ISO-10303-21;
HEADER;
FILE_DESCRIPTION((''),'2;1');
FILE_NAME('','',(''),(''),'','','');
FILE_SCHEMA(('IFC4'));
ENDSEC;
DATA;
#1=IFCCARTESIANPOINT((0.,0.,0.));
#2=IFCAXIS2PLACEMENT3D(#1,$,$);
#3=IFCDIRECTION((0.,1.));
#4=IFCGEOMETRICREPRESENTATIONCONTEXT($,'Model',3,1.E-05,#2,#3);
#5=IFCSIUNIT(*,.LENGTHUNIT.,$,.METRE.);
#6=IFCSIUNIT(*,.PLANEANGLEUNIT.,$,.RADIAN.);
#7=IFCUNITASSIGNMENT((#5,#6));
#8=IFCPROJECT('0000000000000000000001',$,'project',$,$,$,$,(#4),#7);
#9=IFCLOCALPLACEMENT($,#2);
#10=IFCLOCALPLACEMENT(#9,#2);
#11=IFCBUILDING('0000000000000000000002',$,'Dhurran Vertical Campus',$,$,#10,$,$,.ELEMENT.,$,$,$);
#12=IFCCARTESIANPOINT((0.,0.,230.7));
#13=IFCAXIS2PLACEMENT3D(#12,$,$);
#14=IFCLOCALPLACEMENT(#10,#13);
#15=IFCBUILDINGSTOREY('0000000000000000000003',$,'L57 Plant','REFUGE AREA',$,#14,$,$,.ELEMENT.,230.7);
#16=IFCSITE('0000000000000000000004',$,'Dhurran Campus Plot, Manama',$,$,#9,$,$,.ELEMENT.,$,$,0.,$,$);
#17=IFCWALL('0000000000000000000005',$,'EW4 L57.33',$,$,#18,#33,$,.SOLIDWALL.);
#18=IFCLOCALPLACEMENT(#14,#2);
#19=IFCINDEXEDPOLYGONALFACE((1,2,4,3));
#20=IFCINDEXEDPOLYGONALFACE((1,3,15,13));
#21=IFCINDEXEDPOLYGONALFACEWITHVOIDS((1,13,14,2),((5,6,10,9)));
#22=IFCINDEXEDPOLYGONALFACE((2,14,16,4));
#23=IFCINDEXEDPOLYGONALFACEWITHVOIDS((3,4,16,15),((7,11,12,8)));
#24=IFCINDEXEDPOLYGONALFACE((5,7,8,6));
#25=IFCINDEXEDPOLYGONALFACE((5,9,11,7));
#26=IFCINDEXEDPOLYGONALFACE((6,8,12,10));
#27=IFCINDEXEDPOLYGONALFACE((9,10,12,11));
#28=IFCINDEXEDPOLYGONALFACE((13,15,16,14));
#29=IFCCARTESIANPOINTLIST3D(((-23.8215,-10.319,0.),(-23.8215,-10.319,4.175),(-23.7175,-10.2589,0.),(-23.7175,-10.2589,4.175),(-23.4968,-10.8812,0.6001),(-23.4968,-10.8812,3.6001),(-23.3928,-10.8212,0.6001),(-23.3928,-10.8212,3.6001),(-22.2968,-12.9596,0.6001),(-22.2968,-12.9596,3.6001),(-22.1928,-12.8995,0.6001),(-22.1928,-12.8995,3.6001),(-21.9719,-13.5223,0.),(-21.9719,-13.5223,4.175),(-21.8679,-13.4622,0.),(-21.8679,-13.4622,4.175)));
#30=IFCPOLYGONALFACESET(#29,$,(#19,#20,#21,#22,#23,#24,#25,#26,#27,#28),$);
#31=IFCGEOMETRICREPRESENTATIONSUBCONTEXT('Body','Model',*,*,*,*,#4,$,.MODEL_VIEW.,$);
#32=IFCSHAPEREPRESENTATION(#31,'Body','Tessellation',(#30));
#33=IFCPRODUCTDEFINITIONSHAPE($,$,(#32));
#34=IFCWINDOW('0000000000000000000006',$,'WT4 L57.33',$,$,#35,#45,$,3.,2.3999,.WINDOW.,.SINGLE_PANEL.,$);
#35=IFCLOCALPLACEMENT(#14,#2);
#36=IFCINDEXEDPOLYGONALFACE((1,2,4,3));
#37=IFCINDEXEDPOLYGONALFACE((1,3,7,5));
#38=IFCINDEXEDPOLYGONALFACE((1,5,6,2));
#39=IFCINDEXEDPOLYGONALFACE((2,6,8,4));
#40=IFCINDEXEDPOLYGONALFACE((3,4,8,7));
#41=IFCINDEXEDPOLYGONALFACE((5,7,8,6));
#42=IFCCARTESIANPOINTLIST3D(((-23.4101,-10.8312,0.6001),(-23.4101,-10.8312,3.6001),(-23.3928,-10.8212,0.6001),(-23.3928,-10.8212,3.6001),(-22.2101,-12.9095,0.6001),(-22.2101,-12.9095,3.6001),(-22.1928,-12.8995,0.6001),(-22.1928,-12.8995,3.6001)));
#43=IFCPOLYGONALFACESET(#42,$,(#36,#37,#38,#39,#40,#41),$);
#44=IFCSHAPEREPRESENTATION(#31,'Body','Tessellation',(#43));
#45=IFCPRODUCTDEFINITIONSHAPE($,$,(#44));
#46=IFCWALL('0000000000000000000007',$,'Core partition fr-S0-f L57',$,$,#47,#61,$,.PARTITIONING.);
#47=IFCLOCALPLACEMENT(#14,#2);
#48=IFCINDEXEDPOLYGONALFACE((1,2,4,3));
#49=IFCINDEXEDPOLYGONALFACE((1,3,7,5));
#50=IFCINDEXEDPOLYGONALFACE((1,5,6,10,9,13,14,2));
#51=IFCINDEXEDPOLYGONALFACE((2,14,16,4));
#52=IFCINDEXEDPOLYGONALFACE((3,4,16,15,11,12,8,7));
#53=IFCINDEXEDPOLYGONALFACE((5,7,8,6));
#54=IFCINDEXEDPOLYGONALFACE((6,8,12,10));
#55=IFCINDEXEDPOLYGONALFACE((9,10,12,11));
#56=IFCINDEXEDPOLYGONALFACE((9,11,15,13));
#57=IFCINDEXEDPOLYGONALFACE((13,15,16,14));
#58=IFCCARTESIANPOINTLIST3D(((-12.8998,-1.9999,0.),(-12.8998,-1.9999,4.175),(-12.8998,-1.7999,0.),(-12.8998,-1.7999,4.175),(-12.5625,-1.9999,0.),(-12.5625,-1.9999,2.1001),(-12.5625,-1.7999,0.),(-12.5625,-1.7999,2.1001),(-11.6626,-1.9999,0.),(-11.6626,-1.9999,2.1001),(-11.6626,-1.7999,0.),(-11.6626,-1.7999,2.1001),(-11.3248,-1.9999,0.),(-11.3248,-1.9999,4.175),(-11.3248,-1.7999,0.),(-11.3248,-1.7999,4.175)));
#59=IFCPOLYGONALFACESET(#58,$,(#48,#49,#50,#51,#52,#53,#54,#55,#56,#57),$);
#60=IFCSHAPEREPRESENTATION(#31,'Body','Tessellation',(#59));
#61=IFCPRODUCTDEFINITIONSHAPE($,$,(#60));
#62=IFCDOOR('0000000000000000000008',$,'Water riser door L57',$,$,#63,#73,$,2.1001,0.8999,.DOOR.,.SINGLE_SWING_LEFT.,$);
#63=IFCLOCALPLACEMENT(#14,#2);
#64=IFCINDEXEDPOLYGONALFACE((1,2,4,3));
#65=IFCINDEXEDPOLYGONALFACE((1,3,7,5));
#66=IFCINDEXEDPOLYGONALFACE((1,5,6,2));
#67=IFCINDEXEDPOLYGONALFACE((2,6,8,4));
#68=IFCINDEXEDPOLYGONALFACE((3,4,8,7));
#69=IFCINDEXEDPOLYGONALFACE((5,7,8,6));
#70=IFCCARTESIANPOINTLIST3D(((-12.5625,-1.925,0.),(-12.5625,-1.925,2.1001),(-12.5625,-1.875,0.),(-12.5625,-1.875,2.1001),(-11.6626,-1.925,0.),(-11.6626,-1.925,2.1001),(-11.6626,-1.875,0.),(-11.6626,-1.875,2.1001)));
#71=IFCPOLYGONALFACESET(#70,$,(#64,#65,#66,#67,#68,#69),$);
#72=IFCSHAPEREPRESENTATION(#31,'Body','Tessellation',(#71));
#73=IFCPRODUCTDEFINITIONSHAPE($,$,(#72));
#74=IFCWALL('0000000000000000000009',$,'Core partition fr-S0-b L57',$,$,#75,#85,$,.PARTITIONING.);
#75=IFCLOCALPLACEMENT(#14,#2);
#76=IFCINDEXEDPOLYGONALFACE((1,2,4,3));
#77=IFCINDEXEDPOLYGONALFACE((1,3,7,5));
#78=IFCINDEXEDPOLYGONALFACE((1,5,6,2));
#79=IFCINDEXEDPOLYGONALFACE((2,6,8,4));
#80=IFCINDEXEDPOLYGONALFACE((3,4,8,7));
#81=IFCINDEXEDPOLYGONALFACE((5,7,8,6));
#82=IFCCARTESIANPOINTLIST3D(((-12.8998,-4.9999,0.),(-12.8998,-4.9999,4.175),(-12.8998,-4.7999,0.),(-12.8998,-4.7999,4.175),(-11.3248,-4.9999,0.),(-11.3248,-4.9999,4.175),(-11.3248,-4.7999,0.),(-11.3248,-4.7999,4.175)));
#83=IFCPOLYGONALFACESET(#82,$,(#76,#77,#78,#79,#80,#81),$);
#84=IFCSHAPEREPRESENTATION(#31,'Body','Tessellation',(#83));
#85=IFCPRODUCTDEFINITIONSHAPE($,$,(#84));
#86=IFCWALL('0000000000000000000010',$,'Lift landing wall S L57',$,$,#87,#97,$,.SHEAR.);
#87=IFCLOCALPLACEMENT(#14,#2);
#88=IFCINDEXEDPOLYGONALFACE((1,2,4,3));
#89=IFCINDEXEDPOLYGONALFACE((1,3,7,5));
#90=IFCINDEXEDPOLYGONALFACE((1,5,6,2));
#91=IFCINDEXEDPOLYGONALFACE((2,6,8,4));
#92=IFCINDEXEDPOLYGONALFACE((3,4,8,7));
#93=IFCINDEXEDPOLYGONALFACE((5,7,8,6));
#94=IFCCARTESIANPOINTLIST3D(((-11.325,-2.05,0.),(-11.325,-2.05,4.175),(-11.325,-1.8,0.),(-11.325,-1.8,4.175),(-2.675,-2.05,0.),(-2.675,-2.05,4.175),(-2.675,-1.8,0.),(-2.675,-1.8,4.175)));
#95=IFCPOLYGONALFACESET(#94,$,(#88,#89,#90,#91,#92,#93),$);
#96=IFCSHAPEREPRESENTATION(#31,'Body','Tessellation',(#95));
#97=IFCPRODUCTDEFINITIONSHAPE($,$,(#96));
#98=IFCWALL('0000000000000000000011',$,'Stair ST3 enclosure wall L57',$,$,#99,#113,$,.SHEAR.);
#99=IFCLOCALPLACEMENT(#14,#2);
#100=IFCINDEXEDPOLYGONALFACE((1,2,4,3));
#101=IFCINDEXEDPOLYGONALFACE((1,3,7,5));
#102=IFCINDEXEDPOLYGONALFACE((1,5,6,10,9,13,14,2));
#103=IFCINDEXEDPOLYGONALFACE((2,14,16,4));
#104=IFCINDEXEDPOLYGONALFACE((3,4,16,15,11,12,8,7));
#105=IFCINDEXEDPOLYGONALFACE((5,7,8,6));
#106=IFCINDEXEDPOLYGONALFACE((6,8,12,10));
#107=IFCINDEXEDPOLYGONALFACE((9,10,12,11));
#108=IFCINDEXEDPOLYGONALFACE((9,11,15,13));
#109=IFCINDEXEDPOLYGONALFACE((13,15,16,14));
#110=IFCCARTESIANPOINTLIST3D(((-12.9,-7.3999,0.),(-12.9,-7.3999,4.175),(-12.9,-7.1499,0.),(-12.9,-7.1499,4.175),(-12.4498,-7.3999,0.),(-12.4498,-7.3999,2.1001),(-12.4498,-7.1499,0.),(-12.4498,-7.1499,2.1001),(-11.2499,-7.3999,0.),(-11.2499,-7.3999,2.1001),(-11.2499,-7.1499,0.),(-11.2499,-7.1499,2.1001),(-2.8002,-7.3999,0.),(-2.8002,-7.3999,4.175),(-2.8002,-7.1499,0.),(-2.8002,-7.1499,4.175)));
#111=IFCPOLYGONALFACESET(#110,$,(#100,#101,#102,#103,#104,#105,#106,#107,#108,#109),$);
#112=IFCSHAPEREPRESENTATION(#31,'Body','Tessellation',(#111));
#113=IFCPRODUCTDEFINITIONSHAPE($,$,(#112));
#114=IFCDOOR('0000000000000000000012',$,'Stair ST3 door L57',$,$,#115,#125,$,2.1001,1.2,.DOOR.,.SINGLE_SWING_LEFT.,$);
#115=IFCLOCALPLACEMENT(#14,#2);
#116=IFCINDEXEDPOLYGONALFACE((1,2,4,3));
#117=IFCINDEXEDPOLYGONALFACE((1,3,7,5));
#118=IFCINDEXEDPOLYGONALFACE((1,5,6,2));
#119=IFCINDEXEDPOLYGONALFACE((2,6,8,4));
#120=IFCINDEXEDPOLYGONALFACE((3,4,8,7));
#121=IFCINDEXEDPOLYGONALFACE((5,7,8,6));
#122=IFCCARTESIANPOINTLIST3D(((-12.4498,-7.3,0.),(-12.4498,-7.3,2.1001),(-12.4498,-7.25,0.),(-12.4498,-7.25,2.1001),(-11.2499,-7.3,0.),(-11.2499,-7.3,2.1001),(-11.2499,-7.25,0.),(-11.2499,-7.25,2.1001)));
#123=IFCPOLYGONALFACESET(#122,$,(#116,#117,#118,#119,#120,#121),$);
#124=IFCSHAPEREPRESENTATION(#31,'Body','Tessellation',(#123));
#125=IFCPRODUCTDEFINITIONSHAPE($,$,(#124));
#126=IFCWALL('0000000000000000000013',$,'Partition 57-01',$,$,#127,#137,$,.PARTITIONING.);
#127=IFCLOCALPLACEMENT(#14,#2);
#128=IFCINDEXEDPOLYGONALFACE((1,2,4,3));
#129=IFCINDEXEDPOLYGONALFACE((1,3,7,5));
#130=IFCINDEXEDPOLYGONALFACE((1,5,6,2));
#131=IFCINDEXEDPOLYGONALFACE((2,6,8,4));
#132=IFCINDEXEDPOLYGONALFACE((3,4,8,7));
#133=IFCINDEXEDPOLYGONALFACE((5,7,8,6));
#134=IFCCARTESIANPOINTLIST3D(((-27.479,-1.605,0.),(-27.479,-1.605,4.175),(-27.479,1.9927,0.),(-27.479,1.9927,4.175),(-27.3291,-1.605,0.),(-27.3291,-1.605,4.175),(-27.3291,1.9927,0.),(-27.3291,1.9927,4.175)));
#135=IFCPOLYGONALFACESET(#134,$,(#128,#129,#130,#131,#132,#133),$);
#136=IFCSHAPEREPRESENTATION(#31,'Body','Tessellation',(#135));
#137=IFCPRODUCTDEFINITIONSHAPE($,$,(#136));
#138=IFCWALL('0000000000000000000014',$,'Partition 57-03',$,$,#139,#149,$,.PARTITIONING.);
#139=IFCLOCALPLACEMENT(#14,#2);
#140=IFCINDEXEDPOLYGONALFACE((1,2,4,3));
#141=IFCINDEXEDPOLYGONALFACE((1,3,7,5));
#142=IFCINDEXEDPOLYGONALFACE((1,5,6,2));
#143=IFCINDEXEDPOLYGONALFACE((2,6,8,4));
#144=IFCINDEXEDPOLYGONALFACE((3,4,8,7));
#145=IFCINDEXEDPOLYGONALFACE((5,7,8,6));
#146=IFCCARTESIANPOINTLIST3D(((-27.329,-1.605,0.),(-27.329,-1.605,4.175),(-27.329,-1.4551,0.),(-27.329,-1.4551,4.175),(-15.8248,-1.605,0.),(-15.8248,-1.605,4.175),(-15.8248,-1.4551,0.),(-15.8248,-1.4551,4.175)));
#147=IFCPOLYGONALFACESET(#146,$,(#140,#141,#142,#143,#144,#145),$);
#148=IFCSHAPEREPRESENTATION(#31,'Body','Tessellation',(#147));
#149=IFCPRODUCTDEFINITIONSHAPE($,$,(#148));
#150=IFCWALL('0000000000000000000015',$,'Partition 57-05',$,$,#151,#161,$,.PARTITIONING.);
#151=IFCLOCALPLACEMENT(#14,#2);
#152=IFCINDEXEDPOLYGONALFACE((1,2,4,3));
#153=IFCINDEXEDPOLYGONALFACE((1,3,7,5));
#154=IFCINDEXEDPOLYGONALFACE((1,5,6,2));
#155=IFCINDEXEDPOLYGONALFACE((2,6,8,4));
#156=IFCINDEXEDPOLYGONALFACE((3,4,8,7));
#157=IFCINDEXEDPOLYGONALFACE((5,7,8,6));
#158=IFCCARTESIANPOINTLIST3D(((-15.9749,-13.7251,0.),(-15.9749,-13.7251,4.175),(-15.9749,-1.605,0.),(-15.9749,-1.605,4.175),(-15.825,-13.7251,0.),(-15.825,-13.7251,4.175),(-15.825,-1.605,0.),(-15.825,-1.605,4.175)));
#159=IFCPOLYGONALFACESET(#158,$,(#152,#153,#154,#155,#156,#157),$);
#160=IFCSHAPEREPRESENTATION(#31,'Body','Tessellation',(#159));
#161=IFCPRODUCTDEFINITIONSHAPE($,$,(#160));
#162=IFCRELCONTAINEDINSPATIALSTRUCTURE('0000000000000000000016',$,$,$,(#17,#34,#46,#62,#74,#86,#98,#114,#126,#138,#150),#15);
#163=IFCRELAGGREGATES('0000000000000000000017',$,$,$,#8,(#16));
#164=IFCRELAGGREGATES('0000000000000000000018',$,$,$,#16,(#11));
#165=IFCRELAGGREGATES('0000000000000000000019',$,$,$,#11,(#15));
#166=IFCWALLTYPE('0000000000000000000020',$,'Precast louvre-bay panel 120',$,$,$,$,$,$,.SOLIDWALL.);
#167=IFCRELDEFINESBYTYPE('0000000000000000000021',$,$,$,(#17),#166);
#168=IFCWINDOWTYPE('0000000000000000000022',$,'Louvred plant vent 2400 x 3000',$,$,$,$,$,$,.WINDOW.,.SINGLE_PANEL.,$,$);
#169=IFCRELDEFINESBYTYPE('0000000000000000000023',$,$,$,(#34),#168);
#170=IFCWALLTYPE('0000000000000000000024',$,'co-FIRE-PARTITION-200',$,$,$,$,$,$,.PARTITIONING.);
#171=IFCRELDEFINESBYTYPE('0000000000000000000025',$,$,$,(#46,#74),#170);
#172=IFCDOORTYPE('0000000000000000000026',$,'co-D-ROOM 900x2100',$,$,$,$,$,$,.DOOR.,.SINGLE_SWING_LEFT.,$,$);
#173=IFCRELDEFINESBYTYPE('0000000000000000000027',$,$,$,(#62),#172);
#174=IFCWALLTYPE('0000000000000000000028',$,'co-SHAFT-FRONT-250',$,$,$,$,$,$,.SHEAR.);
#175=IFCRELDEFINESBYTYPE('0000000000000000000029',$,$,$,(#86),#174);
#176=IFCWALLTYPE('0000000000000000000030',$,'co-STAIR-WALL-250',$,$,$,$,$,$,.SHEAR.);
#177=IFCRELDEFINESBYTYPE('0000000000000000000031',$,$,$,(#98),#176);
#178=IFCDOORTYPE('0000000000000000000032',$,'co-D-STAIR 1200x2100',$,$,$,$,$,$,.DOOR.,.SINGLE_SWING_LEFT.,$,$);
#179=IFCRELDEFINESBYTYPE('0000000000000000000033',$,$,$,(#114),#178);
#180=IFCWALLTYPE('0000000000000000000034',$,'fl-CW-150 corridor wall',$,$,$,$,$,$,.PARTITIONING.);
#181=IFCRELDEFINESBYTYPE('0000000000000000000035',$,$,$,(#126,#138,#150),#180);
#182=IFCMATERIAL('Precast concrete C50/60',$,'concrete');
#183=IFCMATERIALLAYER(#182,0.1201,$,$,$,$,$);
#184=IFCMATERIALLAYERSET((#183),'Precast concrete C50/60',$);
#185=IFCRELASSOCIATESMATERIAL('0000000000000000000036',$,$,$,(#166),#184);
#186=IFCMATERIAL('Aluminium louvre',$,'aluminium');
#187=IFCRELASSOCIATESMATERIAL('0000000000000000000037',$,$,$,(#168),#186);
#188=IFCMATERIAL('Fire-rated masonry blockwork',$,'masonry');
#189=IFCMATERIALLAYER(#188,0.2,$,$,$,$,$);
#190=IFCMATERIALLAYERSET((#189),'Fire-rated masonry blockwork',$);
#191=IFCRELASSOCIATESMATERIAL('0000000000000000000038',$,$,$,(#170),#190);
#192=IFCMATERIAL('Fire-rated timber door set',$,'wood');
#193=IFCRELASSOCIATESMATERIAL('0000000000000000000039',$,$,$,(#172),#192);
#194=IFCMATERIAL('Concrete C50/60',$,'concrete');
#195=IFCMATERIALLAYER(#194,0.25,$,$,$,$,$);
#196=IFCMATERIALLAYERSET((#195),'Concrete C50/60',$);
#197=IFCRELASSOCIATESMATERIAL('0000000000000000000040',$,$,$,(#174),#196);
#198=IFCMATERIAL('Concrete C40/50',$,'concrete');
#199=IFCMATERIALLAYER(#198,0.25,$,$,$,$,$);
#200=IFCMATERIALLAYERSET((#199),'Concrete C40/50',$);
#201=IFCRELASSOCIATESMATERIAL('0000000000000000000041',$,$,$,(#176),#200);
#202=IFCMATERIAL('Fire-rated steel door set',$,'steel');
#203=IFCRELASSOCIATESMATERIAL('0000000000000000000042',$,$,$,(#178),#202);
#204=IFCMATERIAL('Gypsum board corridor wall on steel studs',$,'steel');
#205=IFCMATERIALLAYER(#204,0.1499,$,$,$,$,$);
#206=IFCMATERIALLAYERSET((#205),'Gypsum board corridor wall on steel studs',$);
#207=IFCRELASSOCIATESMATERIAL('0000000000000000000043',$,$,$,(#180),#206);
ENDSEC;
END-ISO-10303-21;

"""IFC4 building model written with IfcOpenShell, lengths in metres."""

from ifc_helpers import new_model, si_unit, direction, frame, frame_2d, origin, place, context, subcontext, project, spatial, rectangle, extrude, material, layer, layer_set, type_object, element, fill, save


model = new_model("IFC4")

# Units and contexts
model_context = context("Model", 3, precision=1e-05, world=origin(), true_north=direction((0.0, 1.0)))
body_context = subcontext(model_context, "Body", "Model", "MODEL_VIEW")
ifc_project = project(units=[si_unit("LENGTHUNIT", "METRE"), si_unit("PLANEANGLEUNIT", "RADIAN")], contexts=[model_context])

# Site, building, storey
site_placement = place(None, origin())
site = spatial("IfcSite", under=ifc_project, at=site_placement, Name="Dhurran Campus Plot, Manama", CompositionType="ELEMENT", RefElevation=0.0)
building_placement = place(site_placement, origin())
building = spatial("IfcBuilding", under=site, at=building_placement, Name="Dhurran Vertical Campus", CompositionType="ELEMENT")
storey_placement = place(building_placement, frame((0.0, 0.0, 230.7)))
storey = spatial("IfcBuildingStorey", under=building, at=storey_placement, Name="L57 Plant", Description="REFUGE AREA", CompositionType="ELEMENT", Elevation=230.7)

# Wall, opening, window
ifc_material_1 = material(Name="Precast concrete C50/60", Category="concrete")
ifc_layer_1 = layer(ifc_material_1, 0.1201)
ifc_layer_set_1 = layer_set([ifc_layer_1], Name="Precast concrete C50/60")
wall_type_1 = type_object("IfcWallType", Name="Precast louvre-bay panel 120", PredefinedType="SOLIDWALL", material=ifc_layer_set_1)
ifc_material_2 = material(Name="Aluminium louvre", Category="aluminium")
window_type = type_object("IfcWindowType", Name="Louvred plant vent 2400 x 3000", PartitioningType="SINGLE_PANEL", PredefinedType="WINDOW", material=ifc_material_2)
wall_1_placement = place(storey_placement, frame((-23.7695, -10.2888, 0.0), z_axis=(0.0, 0.0, 1.0), x_axis=(0.500029, -0.866009, 0.0)))
wall_1 = element("IfcWall", 1, at=wall_1_placement, inside=storey, type_object=wall_type_1, Name="EW4 L57.33", PredefinedType="SOLIDWALL", context=body_context, shape_type="SweptSolid", body=[
    extrude(rectangle(XDim=3.699, YDim=0.1201, at=frame_2d((1.8496, 0.0))), origin(), (0.0, 0.0, 1.0), 4.175),
])
opening_1_placement = place(wall_1_placement, frame((0.6494, 0.0, 0.6001)))
opening_1 = element("IfcOpeningElement", 2, at=opening_1_placement, cuts=wall_1, PredefinedType="OPENING", context=body_context, shape_type="SweptSolid", body=[
    extrude(rectangle(XDim=2.3999, YDim=3.0, at=frame_2d((1.2, 1.5))), frame((0.0, 0.0701, 0.0), z_axis=(0.0, -1.0, 0.0), x_axis=(1.0, 0.0, 0.0)), (0.0, 0.0, 1.0), 0.1401),
])
window_1_placement = place(opening_1_placement, origin())
window_1 = element("IfcWindow", 3, at=window_1_placement, inside=storey, type_object=window_type, Name="WT4 L57.33", OverallHeight=3.0, OverallWidth=2.3999, PartitioningType="SINGLE_PANEL", PredefinedType="WINDOW", context=body_context, shape_type="SweptSolid", body=[
    extrude(rectangle(XDim=2.3999, YDim=3.0, at=frame_2d((1.2, 1.5))), frame((0.0, 0.0601, 0.0), z_axis=(0.0, -1.0, 0.0), x_axis=(1.0, 0.0, 0.0)), (0.0, 0.0, 1.0), 0.02),
])
fill(opening_1, window_1)

# Wall, opening, door
ifc_material_3 = material(Name="Fire-rated masonry blockwork", Category="masonry")
ifc_layer_2 = layer(ifc_material_3, 0.2)
ifc_layer_set_2 = layer_set([ifc_layer_2], Name="Fire-rated masonry blockwork")
wall_type_2 = type_object("IfcWallType", Name="co-FIRE-PARTITION-200", PredefinedType="PARTITIONING", material=ifc_layer_set_2)
wall_2_placement = place(storey_placement, frame((-12.8999, -1.8999, 0.0), z_axis=(0.0, 0.0, 1.0), x_axis=(1.0, 0.0, 0.0)))
wall_2 = element("IfcWall", 4, at=wall_2_placement, inside=storey, type_object=wall_type_2, Name="Core partition fr-S0-f L57", PredefinedType="PARTITIONING", context=body_context, shape_type="SweptSolid", body=[
    extrude(rectangle(XDim=1.575, YDim=0.2, at=frame_2d((0.7876, 0.0))), origin(), (0.0, 0.0, 1.0), 4.175),
])
opening_2_placement = place(wall_2_placement, frame((0.3374, 0.0, 0.0)))
opening_2 = element("IfcOpeningElement", 5, at=opening_2_placement, cuts=wall_2, PredefinedType="OPENING", context=body_context, shape_type="SweptSolid", body=[
    extrude(rectangle(XDim=0.8999, YDim=2.1001, at=frame_2d((0.45, 1.05))), frame((0.0, 0.1099, 0.0), z_axis=(0.0, -1.0, 0.0), x_axis=(1.0, 0.0, 0.0)), (0.0, 0.0, 1.0), 0.22),
])
ifc_material_4 = material(Name="Fire-rated timber door set", Category="wood")
door_type_1 = type_object("IfcDoorType", Name="co-D-ROOM 900x2100", OperationType="SINGLE_SWING_LEFT", PredefinedType="DOOR", material=ifc_material_4)
door_1_placement = place(opening_2_placement, origin())
door_1 = element("IfcDoor", 6, at=door_1_placement, inside=storey, type_object=door_type_1, Name="Water riser door L57", OperationType="SINGLE_SWING_LEFT", OverallHeight=2.1001, OverallWidth=0.8999, PredefinedType="DOOR", context=body_context, shape_type="SweptSolid", body=[
    extrude(rectangle(XDim=0.8999, YDim=2.1001, at=frame_2d((0.45, 1.05))), frame((0.0, 0.0249, 0.0), z_axis=(0.0, -1.0, 0.0), x_axis=(1.0, 0.0, 0.0)), (0.0, 0.0, 1.0), 0.05),
])
fill(opening_2, door_1)

# Walls
wall_3_placement = place(storey_placement, frame((-12.8999, -4.8999, 0.0), z_axis=(0.0, 0.0, 1.0), x_axis=(1.0, 0.0, 0.0)))
element("IfcWall", 7, at=wall_3_placement, inside=storey, type_object=wall_type_2, Name="Core partition fr-S0-b L57", PredefinedType="PARTITIONING", context=body_context, shape_type="SweptSolid", body=[
    extrude(rectangle(XDim=1.575, YDim=0.2, at=frame_2d((0.7876, 0.0))), origin(), (0.0, 0.0, 1.0), 4.175),
])
ifc_material_5 = material(Name="Concrete C50/60", Category="concrete")
ifc_layer_3 = layer(ifc_material_5, 0.25)
ifc_layer_set_3 = layer_set([ifc_layer_3], Name="Concrete C50/60")
wall_type_3 = type_object("IfcWallType", Name="co-SHAFT-FRONT-250", PredefinedType="SHEAR", material=ifc_layer_set_3)
wall_4_placement = place(storey_placement, frame((-11.325, -1.925, 0.0), z_axis=(0.0, 0.0, 1.0), x_axis=(1.0, 0.0, 0.0)))
element("IfcWall", 8, at=wall_4_placement, inside=storey, type_object=wall_type_3, Name="Lift landing wall S L57", PredefinedType="SHEAR", context=body_context, shape_type="SweptSolid", body=[
    extrude(rectangle(XDim=8.6499, YDim=0.25, at=frame_2d((4.325, 0.0))), origin(), (0.0, 0.0, 1.0), 4.175),
])

# Wall, opening, door
ifc_material_6 = material(Name="Concrete C40/50", Category="concrete")
ifc_layer_4 = layer(ifc_material_6, 0.25)
ifc_layer_set_4 = layer_set([ifc_layer_4], Name="Concrete C40/50")
wall_type_4 = type_object("IfcWallType", Name="co-STAIR-WALL-250", PredefinedType="SHEAR", material=ifc_layer_set_4)
wall_5_placement = place(storey_placement, frame((-12.8999, -7.2749, 0.0), z_axis=(0.0, 0.0, 1.0), x_axis=(1.0, 0.0, 0.0)))
wall_5 = element("IfcWall", 9, at=wall_5_placement, inside=storey, type_object=wall_type_4, Name="Stair ST3 enclosure wall L57", PredefinedType="SHEAR", context=body_context, shape_type="SweptSolid", body=[
    extrude(rectangle(XDim=10.0999, YDim=0.25, at=frame_2d((5.0498, 0.0))), origin(), (0.0, 0.0, 1.0), 4.175),
])
opening_3_placement = place(wall_5_placement, frame((0.45, 0.0, 0.0)))
opening_3 = element("IfcOpeningElement", 10, at=opening_3_placement, cuts=wall_5, PredefinedType="OPENING", context=body_context, shape_type="SweptSolid", body=[
    extrude(rectangle(XDim=1.2, YDim=2.1001, at=frame_2d((0.6001, 1.05))), frame((0.0, 0.135, 0.0), z_axis=(0.0, -1.0, 0.0), x_axis=(1.0, 0.0, 0.0)), (0.0, 0.0, 1.0), 0.27),
])
ifc_material_7 = material(Name="Fire-rated steel door set", Category="steel")
door_type_2 = type_object("IfcDoorType", Name="co-D-STAIR 1200x2100", OperationType="SINGLE_SWING_LEFT", PredefinedType="DOOR", material=ifc_material_7)
door_2_placement = place(opening_3_placement, origin())
door_2 = element("IfcDoor", 11, at=door_2_placement, inside=storey, type_object=door_type_2, Name="Stair ST3 door L57", OperationType="SINGLE_SWING_LEFT", OverallHeight=2.1001, OverallWidth=1.2, PredefinedType="DOOR", context=body_context, shape_type="SweptSolid", body=[
    extrude(rectangle(XDim=1.2, YDim=2.1001, at=frame_2d((0.6001, 1.05))), frame((0.0, 0.0249, 0.0), z_axis=(0.0, -1.0, 0.0), x_axis=(1.0, 0.0, 0.0)), (0.0, 0.0, 1.0), 0.05),
])
fill(opening_3, door_2)

# Walls
ifc_material_8 = material(Name="Gypsum board corridor wall on steel studs", Category="steel")
ifc_layer_5 = layer(ifc_material_8, 0.1499)
ifc_layer_set_5 = layer_set([ifc_layer_5], Name="Gypsum board corridor wall on steel studs")
wall_type_5 = type_object("IfcWallType", Name="fl-CW-150 corridor wall", PredefinedType="PARTITIONING", material=ifc_layer_set_5)
wall_6_placement = place(storey_placement, frame((-27.4041, -1.605, 0.0), z_axis=(0.0, 0.0, 1.0), x_axis=(0.0, 1.0, 0.0)))
element("IfcWall", 12, at=wall_6_placement, inside=storey, type_object=wall_type_5, Name="Partition 57-01", PredefinedType="PARTITIONING", context=body_context, shape_type="SweptSolid", body=[
    extrude(rectangle(XDim=3.5977, YDim=0.1499, at=frame_2d((1.7988, 0.0))), origin(), (0.0, 0.0, 1.0), 4.175),
])
wall_7_placement = place(storey_placement, frame((-15.825, -1.53, 0.0), z_axis=(0.0, 0.0, 1.0), x_axis=(-1.0, 0.0, 0.0)))
element("IfcWall", 13, at=wall_7_placement, inside=storey, type_object=wall_type_5, Name="Partition 57-03", PredefinedType="PARTITIONING", context=body_context, shape_type="SweptSolid", body=[
    extrude(rectangle(XDim=11.5042, YDim=0.1499, at=frame_2d((5.752, 0.0))), origin(), (0.0, 0.0, 1.0), 4.175),
])
wall_8_placement = place(storey_placement, frame((-15.8999, -1.605, 0.0), z_axis=(0.0, 0.0, 1.0), x_axis=(0.0, -1.0, 0.0)))
element("IfcWall", 14, at=wall_8_placement, inside=storey, type_object=wall_type_5, Name="Partition 57-05", PredefinedType="PARTITIONING", context=body_context, shape_type="SweptSolid", body=[
    extrude(rectangle(XDim=12.1201, YDim=0.1499, at=frame_2d((6.0601, 0.0))), origin(), (0.0, 0.0, 1.0), 4.175),
])

save(model, "model.ifc")
